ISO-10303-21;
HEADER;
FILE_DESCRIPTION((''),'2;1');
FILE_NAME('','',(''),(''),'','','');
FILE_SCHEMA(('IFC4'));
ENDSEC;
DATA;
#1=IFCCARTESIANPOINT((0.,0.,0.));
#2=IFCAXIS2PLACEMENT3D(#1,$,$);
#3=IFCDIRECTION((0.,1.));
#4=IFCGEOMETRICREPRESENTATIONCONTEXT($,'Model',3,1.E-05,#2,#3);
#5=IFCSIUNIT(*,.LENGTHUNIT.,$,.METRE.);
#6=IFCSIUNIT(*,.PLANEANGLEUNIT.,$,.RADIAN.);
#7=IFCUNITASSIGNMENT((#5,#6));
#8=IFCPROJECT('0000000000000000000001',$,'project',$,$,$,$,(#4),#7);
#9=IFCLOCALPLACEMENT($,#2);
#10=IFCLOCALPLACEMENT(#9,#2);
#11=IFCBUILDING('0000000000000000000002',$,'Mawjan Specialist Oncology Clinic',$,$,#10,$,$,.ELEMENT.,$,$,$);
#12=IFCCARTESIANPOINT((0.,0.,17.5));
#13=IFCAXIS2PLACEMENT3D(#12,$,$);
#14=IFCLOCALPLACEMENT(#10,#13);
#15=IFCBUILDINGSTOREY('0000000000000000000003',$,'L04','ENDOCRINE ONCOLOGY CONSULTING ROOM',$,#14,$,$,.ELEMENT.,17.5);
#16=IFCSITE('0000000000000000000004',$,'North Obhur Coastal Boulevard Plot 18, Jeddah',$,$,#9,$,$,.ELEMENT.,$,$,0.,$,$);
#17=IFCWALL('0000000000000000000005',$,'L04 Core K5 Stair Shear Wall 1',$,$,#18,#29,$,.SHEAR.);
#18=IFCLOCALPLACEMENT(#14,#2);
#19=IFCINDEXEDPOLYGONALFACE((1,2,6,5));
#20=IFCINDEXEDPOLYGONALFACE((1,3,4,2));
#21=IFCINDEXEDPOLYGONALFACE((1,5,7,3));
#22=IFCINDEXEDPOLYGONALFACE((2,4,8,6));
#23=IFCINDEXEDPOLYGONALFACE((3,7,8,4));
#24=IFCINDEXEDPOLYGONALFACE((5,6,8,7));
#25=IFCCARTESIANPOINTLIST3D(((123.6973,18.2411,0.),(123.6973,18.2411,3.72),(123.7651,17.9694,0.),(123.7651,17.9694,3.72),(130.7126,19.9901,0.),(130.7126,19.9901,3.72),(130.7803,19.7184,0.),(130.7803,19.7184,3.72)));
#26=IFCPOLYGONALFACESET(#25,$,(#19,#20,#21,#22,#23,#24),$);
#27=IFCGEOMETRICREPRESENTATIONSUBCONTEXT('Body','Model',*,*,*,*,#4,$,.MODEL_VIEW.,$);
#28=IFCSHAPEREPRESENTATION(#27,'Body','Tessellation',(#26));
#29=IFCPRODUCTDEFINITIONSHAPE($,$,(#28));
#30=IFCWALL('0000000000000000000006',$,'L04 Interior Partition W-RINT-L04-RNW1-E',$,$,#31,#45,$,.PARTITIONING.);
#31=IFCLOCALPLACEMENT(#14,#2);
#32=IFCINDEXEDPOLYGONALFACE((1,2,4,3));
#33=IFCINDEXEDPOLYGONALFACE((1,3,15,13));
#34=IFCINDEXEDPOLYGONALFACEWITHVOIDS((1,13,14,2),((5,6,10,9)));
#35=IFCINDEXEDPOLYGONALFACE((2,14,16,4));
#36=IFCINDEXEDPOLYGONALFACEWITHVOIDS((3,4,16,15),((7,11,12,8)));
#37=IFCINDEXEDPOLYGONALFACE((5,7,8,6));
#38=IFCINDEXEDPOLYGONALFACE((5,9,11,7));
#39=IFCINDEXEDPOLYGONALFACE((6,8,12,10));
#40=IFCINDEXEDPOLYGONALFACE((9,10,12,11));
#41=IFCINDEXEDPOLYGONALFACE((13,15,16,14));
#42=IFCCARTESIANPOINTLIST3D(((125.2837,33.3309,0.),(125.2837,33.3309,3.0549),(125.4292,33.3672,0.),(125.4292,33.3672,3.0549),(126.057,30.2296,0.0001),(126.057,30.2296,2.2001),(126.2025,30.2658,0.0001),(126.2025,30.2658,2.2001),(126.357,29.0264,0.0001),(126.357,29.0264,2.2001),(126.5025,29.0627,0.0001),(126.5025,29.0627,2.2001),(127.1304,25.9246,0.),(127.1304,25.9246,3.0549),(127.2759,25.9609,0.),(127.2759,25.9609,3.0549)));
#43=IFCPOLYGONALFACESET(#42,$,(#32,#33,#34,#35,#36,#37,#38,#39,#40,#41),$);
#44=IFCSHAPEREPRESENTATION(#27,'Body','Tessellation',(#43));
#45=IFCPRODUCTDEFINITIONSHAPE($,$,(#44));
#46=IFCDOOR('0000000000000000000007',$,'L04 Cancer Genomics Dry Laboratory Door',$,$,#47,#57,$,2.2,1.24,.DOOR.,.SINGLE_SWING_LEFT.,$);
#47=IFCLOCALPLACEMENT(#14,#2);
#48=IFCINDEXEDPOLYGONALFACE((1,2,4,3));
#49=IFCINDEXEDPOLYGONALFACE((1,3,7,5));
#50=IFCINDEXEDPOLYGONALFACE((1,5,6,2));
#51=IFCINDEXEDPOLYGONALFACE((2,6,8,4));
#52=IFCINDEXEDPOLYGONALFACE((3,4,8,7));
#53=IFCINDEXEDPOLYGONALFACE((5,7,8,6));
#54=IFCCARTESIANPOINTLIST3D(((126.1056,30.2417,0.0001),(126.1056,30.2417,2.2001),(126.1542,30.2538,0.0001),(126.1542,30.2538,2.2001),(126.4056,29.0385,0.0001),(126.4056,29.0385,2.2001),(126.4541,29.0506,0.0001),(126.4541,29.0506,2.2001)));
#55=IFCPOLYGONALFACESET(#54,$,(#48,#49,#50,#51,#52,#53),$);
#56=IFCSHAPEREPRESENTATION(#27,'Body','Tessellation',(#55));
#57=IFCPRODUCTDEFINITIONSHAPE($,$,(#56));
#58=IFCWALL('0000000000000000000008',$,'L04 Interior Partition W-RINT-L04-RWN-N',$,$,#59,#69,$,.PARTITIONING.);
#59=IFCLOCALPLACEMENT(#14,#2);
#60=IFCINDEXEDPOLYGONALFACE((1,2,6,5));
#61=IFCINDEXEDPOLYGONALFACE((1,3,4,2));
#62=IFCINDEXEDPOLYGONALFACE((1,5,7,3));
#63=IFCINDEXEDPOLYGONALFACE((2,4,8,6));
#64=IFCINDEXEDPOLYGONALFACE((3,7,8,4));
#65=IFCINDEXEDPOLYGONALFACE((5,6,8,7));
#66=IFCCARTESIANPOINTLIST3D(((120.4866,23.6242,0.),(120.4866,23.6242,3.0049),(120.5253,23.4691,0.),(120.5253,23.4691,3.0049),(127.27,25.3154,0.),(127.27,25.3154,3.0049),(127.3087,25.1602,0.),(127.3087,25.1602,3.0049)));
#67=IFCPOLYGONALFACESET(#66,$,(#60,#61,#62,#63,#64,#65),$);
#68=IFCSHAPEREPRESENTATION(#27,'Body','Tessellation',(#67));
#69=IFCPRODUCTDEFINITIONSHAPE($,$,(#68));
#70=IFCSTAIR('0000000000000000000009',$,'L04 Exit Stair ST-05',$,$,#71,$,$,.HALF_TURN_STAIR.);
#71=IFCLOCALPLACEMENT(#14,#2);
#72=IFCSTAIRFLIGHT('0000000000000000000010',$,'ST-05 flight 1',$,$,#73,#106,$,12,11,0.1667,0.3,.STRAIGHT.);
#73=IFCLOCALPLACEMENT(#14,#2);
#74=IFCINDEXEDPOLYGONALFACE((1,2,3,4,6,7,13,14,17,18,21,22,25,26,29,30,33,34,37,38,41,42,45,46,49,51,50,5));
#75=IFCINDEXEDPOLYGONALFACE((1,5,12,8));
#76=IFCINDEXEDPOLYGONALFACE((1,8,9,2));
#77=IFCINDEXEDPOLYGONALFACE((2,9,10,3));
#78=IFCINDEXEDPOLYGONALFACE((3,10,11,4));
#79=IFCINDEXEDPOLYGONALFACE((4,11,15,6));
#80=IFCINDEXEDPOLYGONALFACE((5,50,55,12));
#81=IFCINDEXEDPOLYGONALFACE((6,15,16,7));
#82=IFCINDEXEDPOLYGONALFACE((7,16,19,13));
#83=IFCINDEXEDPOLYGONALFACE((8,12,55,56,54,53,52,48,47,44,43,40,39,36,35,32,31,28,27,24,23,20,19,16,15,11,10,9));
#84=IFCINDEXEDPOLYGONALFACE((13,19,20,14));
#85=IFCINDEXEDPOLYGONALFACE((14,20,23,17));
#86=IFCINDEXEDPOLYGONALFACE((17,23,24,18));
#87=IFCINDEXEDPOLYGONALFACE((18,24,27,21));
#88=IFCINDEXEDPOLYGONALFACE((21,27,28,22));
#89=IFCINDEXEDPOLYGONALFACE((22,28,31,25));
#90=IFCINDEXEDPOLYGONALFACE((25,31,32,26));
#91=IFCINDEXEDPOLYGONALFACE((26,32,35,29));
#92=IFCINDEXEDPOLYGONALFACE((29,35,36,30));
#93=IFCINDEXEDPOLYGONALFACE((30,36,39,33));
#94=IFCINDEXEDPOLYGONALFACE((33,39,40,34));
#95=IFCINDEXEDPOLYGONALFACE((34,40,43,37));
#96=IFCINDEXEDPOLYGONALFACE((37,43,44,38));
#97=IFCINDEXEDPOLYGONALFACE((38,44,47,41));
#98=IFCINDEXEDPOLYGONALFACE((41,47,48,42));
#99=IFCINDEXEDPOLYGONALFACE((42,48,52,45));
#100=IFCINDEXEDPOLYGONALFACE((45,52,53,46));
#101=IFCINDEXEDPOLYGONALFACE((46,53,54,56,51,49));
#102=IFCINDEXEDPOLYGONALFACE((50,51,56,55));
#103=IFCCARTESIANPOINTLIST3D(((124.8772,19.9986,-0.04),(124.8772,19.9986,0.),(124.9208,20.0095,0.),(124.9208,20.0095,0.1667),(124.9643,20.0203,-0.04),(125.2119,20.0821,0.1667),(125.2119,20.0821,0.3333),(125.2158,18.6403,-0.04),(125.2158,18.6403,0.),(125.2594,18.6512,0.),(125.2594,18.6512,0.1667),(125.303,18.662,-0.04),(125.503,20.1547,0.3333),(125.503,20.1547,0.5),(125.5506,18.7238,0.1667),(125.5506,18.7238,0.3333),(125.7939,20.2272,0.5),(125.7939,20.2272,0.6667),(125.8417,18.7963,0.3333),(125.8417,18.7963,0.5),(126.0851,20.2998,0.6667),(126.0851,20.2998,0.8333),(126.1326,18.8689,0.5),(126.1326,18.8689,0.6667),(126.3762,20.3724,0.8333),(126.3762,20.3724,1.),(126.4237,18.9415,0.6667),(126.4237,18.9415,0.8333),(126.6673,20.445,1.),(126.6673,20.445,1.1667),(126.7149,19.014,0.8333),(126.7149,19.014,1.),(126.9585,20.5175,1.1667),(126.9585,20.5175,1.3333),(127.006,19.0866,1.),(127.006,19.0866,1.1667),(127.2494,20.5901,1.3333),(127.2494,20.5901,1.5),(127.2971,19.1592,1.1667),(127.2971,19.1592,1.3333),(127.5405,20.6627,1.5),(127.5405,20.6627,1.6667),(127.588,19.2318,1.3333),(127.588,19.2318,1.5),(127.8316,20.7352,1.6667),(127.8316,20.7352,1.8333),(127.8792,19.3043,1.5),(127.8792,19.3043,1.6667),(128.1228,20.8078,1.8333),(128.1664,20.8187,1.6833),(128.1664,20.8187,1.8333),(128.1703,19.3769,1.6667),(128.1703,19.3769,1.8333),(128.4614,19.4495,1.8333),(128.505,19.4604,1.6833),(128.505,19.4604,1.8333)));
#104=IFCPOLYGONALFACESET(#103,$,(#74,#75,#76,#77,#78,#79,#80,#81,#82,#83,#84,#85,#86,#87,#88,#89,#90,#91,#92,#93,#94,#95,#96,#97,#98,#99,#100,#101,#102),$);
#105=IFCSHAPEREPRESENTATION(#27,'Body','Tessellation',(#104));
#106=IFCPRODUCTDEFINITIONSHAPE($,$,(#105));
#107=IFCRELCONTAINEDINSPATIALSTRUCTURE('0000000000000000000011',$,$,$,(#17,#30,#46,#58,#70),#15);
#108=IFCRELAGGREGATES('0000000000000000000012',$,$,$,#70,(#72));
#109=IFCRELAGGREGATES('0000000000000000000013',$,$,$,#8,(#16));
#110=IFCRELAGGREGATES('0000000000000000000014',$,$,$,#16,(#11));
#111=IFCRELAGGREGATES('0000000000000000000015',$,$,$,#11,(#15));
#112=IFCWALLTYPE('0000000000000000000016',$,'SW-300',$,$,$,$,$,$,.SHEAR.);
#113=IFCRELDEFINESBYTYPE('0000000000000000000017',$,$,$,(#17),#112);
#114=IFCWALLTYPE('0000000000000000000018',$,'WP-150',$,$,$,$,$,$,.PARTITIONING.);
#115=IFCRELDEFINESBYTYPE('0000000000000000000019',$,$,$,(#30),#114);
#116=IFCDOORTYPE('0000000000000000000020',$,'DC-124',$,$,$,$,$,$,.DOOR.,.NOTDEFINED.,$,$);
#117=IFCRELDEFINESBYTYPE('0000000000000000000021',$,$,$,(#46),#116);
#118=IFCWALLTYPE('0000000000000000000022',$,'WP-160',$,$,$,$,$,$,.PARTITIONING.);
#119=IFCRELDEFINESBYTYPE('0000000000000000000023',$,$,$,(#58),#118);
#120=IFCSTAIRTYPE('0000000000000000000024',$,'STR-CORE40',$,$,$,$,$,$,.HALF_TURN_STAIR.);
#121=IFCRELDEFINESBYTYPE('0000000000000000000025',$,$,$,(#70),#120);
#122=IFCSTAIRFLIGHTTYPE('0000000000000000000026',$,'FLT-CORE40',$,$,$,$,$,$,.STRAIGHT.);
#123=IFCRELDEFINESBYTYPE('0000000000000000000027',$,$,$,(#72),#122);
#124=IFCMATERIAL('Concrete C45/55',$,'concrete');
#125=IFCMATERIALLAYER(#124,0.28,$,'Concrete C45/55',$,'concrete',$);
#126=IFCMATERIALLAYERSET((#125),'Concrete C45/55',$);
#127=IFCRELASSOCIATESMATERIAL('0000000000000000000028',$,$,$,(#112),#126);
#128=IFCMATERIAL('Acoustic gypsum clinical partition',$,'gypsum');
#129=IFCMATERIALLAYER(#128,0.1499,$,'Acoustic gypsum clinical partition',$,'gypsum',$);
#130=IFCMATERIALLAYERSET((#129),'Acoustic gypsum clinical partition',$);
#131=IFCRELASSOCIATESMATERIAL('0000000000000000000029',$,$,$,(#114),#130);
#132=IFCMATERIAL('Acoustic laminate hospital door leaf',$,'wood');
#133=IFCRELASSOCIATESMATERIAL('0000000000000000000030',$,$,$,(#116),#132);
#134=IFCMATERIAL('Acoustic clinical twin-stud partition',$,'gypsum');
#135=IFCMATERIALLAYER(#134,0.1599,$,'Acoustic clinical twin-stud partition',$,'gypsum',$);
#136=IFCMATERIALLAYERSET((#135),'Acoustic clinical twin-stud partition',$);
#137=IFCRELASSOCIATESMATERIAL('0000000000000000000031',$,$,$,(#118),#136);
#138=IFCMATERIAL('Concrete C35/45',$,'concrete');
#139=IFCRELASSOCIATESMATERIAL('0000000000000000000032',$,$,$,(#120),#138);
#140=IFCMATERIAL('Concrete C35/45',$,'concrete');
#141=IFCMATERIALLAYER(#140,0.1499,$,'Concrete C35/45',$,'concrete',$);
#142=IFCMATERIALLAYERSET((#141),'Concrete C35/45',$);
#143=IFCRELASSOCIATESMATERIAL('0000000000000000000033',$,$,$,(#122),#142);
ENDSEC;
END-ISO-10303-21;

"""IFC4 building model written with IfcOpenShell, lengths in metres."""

from ifc_helpers import new_model, si_unit, direction, frame, frame_2d, origin, place, context, subcontext, project, spatial, polyline, rectangle, outline, extrude, material, layer, layer_set, type_object, element, fill, aggregate, save


model = new_model("IFC4")

# Units and contexts
model_context = context("Model", 3, precision=1e-05, world=origin(), true_north=direction((0.0, 1.0)))
body_context = subcontext(model_context, "Body", "Model", "MODEL_VIEW")
ifc_project = project(units=[si_unit("LENGTHUNIT", "METRE"), si_unit("PLANEANGLEUNIT", "RADIAN")], contexts=[model_context])

# Site, building, storey
site_placement = place(None, origin())
site = spatial("IfcSite", under=ifc_project, at=site_placement, Name="North Obhur Coastal Boulevard Plot 18, Jeddah", CompositionType="ELEMENT", RefElevation=0.0)
building_placement = place(site_placement, origin())
building = spatial("IfcBuilding", under=site, at=building_placement, Name="Mawjan Specialist Oncology Clinic", CompositionType="ELEMENT")
storey_placement = place(building_placement, frame((0.0, 0.0, 17.5)))
storey = spatial("IfcBuildingStorey", under=building, at=storey_placement, Name="L04", Description="ENDOCRINE ONCOLOGY CONSULTING ROOM", CompositionType="ELEMENT", Elevation=17.5)

# Wall
ifc_material_1 = material(Name="Concrete C45/55", Category="concrete")
ifc_layer_1 = layer(ifc_material_1, 0.28, Name="Concrete C45/55", Category="concrete")
ifc_layer_set_1 = layer_set([ifc_layer_1], Name="Concrete C45/55")
wall_type_1 = type_object("IfcWallType", Name="SW-300", PredefinedType="SHEAR", material=ifc_layer_set_1)
wall_1_placement = place(storey_placement, frame((123.7312, 18.1052, 0.0), z_axis=(0.0, 0.0, 1.0), x_axis=(0.970297, 0.241916, 0.0)))
element("IfcWall", 1, at=wall_1_placement, inside=storey, type_object=wall_type_1, Name="L04 Core K5 Stair Shear Wall 1", PredefinedType="SHEAR", context=body_context, shape_type="SweptSolid", body=[
    extrude(rectangle(XDim=7.23, YDim=0.28, at=frame_2d((3.615, 0.0))), origin(), (0.0, 0.0, 1.0), 3.72),
])

# Wall, opening, door
ifc_material_2 = material(Name="Acoustic gypsum clinical partition", Category="gypsum")
ifc_layer_2 = layer(ifc_material_2, 0.1499, Name="Acoustic gypsum clinical partition", Category="gypsum")
ifc_layer_set_2 = layer_set([ifc_layer_2], Name="Acoustic gypsum clinical partition")
wall_type_2 = type_object("IfcWallType", Name="WP-150", PredefinedType="PARTITIONING", material=ifc_layer_set_2)
wall_2_placement = place(storey_placement, frame((127.2031, 25.9429, 0.0), z_axis=(0.0, 0.0, 1.0), x_axis=(-0.241934, 0.970293, 0.0)))
wall_2 = element("IfcWall", 2, at=wall_2_placement, inside=storey, type_object=wall_type_2, Name="L04 Interior Partition W-RINT-L04-RNW1-E", PredefinedType="PARTITIONING", context=body_context, shape_type="SweptSolid", body=[
    extrude(rectangle(XDim=7.6331, YDim=0.1499, at=frame_2d((3.8164, 0.0))), origin(), (0.0, 0.0, 1.0), 3.0549),
])
opening_1_placement = place(wall_2_placement, frame((3.1965, 0.0, 0.0)))
opening_1 = element("IfcOpeningElement", 3, at=opening_1_placement, cuts=wall_2, PredefinedType="OPENING", context=body_context, shape_type="SweptSolid", body=[
    extrude(rectangle(XDim=1.24, YDim=2.2, at=frame_2d((0.6201, 1.1001))), frame((0.0, 0.0869, 0.0), z_axis=(0.0, -1.0, 0.0), x_axis=(1.0, 0.0, 0.0)), (0.0, 0.0, 1.0), 0.1738),
])
ifc_material_3 = material(Name="Acoustic laminate hospital door leaf", Category="wood")
door_type_1 = type_object("IfcDoorType", Name="DC-124", OperationType="NOTDEFINED", PredefinedType="DOOR", material=ifc_material_3)
door_1_placement = place(opening_1_placement, origin())
door_1 = element("IfcDoor", 4, at=door_1_placement, inside=storey, type_object=door_type_1, Name="L04 Cancer Genomics Dry Laboratory Door", OperationType="SINGLE_SWING_LEFT", OverallHeight=2.2, OverallWidth=1.24, PredefinedType="DOOR", context=body_context, shape_type="SweptSolid", body=[
    extrude(rectangle(XDim=1.24, YDim=2.2, at=frame_2d((0.6201, 1.1001))), frame((0.0, 0.0249, 0.0), z_axis=(0.0, -1.0, 0.0), x_axis=(1.0, 0.0, 0.0)), (0.0, 0.0, 1.0), 0.05),
])
fill(opening_1, door_1)

# Wall
ifc_material_4 = material(Name="Acoustic clinical twin-stud partition", Category="gypsum")
ifc_layer_3 = layer(ifc_material_4, 0.1599, Name="Acoustic clinical twin-stud partition", Category="gypsum")
ifc_layer_set_3 = layer_set([ifc_layer_3], Name="Acoustic clinical twin-stud partition")
wall_type_3 = type_object("IfcWallType", Name="WP-160", PredefinedType="PARTITIONING", material=ifc_layer_set_3)
wall_3_placement = place(storey_placement, frame((120.5059, 23.5466, 0.0), z_axis=(0.0, 0.0, 1.0), x_axis=(0.9703, 0.241903, 0.0)))
element("IfcWall", 5, at=wall_3_placement, inside=storey, type_object=wall_type_3, Name="L04 Interior Partition W-RINT-L04-RWN-N", PredefinedType="PARTITIONING", context=body_context, shape_type="SweptSolid", body=[
    extrude(rectangle(XDim=6.991, YDim=0.1599, at=frame_2d((3.4956, 0.0))), origin(), (0.0, 0.0, 1.0), 3.0049),
])

# Stair, stair flight
ifc_material_5 = material(Name="Concrete C35/45", Category="concrete")
stair_type = type_object("IfcStairType", Name="STR-CORE40", PredefinedType="HALF_TURN_STAIR", material=ifc_material_5)
stair_placement = place(storey_placement, origin())
stair = element("IfcStair", 6, at=stair_placement, inside=storey, type_object=stair_type, Name="L04 Exit Stair ST-05", PredefinedType="HALF_TURN_STAIR")
ifc_material_6 = material(Name="Concrete C35/45", Category="concrete")
ifc_layer_4 = layer(ifc_material_6, 0.1499, Name="Concrete C35/45", Category="concrete")
ifc_layer_set_4 = layer_set([ifc_layer_4], Name="Concrete C35/45")
stair_flight_type = type_object("IfcStairFlightType", Name="FLT-CORE40", PredefinedType="STRAIGHT", material=ifc_layer_set_4)
stair_flight_placement = place(storey_placement, frame((125.0901, 19.3303, 0.0), z_axis=(0.0, 0.0, 1.0), x_axis=(0.970296, 0.241922, 0.0)))
stair_flight = element("IfcStairFlight", 7, at=stair_flight_placement, type_object=stair_flight_type, Name="ST-05 flight 1", NumberOfRisers=12, NumberOfTreads=11, PredefinedType="STRAIGHT", RiserHeight=0.1667, TreadLength=0.3, context=body_context, shape_type="SweptSolid", body=[
    extrude(outline(polyline([(-0.0449, -0.04), (-0.0449, 0.0), (0.0, 0.0), (0.0, 0.1667), (0.3, 0.1667), (0.3, 0.3333), (0.6001, 0.3333), (0.6001, 0.5), (0.8999, 0.5), (0.8999, 0.6667), (1.2, 0.6667), (1.2, 0.8333), (1.5, 0.8333), (1.5, 1.0), (1.8, 1.0), (1.8, 1.1667), (2.1001, 1.1667), (2.1001, 1.3333), (2.3999, 1.3333), (2.3999, 1.5), (2.7, 1.5), (2.7, 1.6667), (3.0, 1.6667), (3.0, 1.8333), (3.3, 1.8333), (3.345, 1.8333), (3.345, 1.6833), (0.0449, -0.04), (-0.0449, -0.04)])), frame((0.0, 0.7, 0.0), z_axis=(0.0, -1.0, 0.0), x_axis=(1.0, 0.0, 0.0)), (0.0, 0.0, 1.0), 1.3999),
])
aggregate(stair, [stair_flight])

save(model, "model.ifc")
